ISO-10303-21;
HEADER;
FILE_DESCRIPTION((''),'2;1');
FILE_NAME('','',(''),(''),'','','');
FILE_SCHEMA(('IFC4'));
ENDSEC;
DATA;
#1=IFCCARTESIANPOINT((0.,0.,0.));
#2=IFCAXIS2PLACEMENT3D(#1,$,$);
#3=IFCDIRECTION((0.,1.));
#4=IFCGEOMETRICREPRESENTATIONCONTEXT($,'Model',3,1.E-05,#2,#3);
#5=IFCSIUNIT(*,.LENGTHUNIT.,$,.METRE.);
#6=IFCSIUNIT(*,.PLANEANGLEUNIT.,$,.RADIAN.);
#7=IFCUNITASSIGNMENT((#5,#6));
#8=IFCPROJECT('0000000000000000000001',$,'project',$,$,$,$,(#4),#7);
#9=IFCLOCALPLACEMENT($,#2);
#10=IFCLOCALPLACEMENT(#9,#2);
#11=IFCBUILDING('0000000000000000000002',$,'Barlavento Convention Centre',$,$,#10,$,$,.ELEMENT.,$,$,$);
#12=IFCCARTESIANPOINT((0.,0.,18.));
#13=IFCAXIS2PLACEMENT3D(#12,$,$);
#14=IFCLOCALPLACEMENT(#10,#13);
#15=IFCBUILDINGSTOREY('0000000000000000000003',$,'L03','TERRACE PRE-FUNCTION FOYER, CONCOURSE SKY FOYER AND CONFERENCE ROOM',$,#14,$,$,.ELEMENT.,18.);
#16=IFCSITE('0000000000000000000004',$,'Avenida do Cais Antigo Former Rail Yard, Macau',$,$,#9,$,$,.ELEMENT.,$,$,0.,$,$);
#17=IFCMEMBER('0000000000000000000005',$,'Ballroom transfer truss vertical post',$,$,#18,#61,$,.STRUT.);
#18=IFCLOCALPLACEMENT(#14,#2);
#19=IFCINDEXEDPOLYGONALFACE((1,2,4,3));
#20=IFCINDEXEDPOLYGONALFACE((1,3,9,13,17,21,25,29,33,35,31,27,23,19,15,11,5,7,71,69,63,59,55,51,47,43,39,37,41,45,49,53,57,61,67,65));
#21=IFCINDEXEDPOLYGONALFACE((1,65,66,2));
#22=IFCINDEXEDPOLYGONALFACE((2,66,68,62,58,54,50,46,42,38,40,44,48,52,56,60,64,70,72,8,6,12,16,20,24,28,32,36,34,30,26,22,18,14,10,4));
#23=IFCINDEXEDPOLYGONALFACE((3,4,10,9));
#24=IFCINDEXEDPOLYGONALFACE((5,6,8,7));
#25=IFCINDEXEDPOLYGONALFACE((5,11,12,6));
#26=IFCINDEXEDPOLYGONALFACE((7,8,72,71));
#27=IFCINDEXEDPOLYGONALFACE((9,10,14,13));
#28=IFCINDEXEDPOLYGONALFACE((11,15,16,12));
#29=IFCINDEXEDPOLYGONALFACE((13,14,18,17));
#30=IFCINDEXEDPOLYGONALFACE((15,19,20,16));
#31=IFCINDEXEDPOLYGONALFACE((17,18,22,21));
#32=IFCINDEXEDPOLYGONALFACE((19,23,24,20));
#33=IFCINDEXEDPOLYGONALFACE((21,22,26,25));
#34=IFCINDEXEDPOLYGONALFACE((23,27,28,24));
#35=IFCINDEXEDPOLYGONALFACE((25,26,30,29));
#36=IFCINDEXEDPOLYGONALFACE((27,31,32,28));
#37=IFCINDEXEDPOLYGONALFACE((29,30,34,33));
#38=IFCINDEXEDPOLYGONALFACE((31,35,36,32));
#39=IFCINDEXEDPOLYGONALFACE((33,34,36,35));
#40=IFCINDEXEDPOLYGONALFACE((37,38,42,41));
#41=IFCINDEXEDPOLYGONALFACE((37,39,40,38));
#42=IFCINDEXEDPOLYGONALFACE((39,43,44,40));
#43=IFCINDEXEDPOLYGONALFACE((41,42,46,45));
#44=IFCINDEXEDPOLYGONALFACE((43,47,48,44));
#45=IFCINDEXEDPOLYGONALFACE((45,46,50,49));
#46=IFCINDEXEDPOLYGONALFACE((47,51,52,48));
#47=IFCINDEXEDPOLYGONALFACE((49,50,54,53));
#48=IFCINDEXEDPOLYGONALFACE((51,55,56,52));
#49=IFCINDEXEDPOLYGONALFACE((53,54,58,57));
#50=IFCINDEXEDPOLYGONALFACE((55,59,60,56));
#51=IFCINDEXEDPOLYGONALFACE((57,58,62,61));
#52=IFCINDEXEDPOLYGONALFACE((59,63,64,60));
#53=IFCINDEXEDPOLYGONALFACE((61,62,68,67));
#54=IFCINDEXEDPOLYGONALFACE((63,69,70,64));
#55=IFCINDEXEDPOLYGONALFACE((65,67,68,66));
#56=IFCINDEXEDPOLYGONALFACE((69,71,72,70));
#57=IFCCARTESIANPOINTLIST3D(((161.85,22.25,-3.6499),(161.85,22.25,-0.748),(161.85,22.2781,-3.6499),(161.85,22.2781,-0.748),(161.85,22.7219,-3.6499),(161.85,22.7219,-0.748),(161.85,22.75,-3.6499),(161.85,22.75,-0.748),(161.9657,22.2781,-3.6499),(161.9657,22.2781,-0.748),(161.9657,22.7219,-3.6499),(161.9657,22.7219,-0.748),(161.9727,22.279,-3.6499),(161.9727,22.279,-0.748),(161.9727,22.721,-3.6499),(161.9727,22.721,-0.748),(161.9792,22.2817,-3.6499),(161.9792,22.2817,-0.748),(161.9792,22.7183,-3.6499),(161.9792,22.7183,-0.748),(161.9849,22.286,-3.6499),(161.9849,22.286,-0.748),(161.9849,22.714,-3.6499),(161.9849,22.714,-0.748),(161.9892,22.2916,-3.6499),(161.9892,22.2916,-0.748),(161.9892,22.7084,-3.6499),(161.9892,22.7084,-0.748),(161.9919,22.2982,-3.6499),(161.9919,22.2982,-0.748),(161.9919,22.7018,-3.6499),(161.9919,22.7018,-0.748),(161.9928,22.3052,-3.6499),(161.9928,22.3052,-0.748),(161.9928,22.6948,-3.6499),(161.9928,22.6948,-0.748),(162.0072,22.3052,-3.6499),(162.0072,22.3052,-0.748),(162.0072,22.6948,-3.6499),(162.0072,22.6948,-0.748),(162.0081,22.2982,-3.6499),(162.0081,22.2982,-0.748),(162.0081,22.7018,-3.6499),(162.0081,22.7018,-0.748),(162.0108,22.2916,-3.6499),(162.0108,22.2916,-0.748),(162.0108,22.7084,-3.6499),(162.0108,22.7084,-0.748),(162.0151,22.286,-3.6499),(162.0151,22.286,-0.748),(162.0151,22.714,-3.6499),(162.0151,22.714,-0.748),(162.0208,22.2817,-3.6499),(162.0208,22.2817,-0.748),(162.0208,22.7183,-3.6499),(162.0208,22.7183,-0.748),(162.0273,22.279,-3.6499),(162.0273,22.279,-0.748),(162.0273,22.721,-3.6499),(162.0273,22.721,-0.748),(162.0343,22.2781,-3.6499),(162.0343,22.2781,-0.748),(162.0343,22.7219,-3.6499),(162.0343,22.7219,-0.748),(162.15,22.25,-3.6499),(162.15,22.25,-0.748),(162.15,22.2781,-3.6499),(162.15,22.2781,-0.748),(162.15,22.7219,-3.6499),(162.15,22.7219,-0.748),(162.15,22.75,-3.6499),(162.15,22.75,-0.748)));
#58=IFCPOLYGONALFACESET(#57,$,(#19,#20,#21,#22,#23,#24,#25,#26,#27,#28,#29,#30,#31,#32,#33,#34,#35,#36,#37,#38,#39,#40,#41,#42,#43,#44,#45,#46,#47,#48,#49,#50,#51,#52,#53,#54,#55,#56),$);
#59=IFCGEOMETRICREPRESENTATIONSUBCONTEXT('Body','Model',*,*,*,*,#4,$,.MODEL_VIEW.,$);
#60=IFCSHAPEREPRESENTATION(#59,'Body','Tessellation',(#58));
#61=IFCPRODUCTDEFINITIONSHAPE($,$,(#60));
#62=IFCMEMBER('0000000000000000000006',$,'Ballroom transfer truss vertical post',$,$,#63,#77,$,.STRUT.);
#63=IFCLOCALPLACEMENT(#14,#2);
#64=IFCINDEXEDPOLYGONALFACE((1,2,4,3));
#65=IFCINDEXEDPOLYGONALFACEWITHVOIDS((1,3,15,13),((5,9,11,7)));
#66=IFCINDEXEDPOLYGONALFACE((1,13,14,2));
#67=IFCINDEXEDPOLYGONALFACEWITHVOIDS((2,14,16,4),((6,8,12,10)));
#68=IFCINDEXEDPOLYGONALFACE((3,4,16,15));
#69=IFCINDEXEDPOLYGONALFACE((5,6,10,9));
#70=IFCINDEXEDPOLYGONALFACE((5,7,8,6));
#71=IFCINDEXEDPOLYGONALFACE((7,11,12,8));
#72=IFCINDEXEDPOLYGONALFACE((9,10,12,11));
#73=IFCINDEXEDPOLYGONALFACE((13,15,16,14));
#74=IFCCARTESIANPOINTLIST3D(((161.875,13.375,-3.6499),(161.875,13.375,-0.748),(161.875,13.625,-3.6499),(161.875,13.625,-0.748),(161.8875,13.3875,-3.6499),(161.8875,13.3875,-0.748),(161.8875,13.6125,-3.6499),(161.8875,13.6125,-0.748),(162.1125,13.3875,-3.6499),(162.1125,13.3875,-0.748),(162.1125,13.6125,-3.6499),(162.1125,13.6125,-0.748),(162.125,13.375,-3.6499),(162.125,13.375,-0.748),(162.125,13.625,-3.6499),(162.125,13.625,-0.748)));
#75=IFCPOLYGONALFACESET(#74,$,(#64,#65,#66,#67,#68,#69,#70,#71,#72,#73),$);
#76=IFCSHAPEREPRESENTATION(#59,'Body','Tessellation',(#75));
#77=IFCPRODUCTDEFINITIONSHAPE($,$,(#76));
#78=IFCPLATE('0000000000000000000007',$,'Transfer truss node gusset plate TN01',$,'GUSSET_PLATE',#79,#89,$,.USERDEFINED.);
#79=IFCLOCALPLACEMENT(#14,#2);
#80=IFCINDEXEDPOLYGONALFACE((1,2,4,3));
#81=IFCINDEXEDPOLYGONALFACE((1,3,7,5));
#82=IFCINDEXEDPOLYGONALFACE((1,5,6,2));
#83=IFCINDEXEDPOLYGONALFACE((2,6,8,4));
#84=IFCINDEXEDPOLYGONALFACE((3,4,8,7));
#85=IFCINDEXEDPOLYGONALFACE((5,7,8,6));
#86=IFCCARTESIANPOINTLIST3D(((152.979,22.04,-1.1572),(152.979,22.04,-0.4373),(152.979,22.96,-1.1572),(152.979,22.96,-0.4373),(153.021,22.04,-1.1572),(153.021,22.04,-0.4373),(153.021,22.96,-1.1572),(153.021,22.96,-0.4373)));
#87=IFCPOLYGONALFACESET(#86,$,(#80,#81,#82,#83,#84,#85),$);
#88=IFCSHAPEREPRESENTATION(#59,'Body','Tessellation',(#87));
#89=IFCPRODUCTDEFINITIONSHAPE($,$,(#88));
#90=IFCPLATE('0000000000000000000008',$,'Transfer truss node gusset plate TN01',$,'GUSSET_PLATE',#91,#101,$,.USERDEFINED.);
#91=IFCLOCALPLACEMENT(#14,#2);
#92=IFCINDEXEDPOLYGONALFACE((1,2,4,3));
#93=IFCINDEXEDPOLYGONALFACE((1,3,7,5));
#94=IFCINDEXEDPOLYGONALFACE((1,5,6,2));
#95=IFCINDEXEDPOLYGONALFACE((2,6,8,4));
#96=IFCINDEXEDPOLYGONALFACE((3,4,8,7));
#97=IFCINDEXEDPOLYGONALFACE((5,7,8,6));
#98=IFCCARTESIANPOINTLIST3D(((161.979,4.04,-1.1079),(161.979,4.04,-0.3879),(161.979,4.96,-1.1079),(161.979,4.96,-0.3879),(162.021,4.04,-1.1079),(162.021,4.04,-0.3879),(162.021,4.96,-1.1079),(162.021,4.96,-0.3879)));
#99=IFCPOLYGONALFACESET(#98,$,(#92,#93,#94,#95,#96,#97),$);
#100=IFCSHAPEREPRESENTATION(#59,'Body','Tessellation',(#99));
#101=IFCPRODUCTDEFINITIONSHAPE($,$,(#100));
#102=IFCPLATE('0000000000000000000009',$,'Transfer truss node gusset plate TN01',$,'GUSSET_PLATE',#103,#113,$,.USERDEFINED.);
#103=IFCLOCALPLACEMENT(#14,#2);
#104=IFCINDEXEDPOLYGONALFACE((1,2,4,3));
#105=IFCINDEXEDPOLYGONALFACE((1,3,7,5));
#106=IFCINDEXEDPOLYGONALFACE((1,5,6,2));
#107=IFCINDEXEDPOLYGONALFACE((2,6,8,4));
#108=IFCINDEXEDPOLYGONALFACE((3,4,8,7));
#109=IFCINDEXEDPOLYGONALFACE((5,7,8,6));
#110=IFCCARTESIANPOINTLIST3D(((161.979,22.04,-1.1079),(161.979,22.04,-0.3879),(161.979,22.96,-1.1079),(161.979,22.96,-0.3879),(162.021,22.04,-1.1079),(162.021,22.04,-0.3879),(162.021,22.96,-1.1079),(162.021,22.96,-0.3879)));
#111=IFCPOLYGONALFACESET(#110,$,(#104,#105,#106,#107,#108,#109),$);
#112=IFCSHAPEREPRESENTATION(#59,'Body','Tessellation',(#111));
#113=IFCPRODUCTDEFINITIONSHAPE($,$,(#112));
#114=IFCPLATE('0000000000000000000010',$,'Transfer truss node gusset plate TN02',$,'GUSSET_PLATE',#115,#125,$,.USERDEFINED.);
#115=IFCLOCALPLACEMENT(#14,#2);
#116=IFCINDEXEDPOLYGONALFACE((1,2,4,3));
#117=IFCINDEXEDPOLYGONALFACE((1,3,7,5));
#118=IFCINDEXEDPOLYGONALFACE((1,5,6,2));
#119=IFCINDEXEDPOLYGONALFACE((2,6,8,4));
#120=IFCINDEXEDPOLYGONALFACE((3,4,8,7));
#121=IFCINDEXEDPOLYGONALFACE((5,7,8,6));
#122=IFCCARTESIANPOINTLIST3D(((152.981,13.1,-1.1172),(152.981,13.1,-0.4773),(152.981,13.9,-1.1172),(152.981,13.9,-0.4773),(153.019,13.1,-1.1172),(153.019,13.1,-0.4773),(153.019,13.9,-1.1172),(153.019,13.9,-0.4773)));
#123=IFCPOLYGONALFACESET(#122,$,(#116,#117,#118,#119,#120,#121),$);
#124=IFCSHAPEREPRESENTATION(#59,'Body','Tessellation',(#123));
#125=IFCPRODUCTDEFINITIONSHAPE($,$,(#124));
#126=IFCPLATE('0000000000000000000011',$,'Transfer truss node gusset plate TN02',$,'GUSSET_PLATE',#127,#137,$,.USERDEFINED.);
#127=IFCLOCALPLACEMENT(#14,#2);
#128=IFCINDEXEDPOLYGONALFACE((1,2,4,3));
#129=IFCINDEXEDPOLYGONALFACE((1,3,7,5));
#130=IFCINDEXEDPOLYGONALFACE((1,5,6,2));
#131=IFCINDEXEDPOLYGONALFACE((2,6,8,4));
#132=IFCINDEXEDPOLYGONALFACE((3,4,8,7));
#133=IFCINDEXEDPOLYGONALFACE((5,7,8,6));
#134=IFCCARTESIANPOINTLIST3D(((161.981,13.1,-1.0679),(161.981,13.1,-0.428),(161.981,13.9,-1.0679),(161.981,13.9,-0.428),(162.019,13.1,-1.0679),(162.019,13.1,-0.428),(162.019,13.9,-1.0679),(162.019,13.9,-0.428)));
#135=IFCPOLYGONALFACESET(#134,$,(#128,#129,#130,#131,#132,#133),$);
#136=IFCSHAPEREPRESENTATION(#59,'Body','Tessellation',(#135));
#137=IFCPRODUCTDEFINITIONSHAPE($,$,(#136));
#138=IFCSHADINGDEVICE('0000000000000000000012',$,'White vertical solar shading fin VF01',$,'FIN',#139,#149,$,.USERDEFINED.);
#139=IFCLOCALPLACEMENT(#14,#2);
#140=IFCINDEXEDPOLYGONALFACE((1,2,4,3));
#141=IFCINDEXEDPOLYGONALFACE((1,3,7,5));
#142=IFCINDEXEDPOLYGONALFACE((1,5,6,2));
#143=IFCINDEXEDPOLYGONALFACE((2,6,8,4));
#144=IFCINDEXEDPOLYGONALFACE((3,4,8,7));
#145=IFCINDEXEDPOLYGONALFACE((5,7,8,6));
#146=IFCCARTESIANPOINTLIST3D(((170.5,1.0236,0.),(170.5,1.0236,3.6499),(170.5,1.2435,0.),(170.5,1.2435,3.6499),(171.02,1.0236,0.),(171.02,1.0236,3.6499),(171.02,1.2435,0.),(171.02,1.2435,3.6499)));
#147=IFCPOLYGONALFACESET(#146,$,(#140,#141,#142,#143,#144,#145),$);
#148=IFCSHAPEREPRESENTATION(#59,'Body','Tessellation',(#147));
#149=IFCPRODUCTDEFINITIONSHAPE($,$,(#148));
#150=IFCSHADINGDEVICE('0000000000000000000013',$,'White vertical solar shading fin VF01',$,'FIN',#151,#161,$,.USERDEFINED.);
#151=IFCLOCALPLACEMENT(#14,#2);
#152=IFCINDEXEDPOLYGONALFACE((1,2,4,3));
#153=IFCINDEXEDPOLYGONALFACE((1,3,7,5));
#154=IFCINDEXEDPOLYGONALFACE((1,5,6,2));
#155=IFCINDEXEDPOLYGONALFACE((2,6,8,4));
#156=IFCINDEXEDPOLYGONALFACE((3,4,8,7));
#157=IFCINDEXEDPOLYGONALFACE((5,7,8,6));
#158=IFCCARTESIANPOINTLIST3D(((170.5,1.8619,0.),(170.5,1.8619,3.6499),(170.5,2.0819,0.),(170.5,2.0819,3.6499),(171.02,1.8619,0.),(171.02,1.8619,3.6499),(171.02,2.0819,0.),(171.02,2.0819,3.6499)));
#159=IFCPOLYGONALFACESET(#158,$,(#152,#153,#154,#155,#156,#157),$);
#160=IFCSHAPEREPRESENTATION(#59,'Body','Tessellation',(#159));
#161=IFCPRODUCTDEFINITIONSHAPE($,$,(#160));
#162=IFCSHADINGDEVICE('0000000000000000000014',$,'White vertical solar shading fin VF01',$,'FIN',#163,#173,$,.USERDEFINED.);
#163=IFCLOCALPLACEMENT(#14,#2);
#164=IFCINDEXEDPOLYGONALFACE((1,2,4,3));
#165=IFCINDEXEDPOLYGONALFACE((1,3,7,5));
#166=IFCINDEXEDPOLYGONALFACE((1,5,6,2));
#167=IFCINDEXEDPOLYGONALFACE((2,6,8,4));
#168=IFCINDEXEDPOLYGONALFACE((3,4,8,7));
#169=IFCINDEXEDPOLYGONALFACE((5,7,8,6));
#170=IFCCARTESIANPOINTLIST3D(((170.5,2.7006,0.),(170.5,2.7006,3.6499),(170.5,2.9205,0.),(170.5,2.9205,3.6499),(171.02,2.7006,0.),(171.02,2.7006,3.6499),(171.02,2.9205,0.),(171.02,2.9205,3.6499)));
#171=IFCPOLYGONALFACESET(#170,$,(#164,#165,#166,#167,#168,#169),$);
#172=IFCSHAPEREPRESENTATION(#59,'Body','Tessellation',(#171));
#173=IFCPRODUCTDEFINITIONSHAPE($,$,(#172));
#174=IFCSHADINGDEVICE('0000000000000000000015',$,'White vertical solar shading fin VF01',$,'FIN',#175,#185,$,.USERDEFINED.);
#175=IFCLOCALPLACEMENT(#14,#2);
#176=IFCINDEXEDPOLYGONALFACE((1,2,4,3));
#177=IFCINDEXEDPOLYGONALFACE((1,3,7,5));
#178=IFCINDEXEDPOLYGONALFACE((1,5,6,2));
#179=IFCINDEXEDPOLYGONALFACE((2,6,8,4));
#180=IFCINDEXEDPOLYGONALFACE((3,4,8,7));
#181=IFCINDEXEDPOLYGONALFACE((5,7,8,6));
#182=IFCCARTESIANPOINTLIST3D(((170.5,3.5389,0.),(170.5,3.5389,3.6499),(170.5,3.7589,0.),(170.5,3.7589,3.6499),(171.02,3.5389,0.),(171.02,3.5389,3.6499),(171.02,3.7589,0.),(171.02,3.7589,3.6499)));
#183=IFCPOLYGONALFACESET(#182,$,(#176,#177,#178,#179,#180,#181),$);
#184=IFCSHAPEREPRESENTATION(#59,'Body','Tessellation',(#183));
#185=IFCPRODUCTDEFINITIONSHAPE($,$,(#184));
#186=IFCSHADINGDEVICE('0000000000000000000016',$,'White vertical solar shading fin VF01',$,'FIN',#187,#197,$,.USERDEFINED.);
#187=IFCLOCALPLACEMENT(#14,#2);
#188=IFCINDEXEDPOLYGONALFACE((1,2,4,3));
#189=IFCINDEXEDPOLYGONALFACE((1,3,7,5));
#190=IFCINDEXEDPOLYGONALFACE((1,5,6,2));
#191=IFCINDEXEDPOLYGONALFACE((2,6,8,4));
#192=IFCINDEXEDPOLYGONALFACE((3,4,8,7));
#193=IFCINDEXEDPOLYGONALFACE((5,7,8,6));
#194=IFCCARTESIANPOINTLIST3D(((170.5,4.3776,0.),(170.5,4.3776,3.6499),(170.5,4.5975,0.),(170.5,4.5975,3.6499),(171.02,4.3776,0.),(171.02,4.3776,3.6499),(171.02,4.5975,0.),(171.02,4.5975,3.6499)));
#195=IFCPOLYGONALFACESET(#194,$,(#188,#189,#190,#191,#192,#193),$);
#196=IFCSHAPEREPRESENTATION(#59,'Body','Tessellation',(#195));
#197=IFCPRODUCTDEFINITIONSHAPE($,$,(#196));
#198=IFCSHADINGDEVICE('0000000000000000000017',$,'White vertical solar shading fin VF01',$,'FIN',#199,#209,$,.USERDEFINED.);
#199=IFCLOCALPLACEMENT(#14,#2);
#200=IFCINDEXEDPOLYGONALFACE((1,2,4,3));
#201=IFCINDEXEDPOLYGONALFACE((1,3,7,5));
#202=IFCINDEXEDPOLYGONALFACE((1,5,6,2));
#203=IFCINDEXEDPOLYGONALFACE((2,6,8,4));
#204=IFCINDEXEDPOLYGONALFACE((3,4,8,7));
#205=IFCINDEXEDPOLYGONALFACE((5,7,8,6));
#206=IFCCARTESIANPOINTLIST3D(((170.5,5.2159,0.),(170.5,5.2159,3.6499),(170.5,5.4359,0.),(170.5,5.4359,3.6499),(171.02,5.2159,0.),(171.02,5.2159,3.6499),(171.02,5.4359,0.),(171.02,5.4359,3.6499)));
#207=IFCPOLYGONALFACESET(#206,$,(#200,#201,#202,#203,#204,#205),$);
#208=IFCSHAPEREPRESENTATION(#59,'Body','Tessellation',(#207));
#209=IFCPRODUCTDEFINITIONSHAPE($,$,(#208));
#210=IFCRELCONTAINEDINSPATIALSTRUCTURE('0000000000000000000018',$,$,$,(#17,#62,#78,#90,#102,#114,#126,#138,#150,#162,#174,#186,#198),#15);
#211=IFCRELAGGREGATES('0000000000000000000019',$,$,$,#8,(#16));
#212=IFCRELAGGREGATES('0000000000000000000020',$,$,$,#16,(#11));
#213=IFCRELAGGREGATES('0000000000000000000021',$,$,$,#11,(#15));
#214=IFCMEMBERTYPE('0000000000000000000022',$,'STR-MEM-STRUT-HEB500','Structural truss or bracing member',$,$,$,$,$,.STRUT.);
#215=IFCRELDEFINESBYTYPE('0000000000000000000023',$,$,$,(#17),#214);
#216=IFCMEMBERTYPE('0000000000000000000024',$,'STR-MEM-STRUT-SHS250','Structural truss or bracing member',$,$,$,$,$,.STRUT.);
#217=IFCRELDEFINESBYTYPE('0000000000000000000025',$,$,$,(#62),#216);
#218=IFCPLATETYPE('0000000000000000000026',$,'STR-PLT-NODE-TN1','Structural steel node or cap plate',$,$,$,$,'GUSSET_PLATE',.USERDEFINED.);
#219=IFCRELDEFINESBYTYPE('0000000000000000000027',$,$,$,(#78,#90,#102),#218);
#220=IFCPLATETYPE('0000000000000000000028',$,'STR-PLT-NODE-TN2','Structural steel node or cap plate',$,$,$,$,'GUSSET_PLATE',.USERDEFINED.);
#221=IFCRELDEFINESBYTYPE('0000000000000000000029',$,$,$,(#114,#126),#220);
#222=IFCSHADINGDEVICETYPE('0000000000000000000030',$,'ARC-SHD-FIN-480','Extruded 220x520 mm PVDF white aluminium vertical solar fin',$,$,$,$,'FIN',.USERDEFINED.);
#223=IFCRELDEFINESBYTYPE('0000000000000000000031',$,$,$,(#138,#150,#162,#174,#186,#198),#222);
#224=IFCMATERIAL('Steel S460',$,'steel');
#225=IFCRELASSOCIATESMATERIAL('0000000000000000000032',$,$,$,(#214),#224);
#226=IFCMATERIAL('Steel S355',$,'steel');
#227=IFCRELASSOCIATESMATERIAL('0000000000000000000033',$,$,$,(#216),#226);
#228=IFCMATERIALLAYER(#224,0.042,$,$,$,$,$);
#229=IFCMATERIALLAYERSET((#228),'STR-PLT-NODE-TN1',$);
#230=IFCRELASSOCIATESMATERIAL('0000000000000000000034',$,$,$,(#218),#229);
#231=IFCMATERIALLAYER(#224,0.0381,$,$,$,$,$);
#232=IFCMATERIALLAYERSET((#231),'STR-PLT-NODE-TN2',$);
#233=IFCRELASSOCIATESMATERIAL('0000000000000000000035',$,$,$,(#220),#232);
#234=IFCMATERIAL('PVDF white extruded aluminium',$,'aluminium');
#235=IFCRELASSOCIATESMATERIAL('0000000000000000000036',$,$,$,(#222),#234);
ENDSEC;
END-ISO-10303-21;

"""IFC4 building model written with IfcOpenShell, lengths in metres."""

from ifc_helpers import new_model, si_unit, direction, frame, origin, origin_2d, place, context, subcontext, project, spatial, rectangle, hollow_rectangle, i_section, extrude, material, layer, layer_set, material_profile, profile_set, type_object, element, save


model = new_model("IFC4")

# Units and contexts
model_context = context("Model", 3, precision=1e-05, world=origin(), true_north=direction((0.0, 1.0)))
body_context = subcontext(model_context, "Body", "Model", "MODEL_VIEW")
ifc_project = project(units=[si_unit("LENGTHUNIT", "METRE"), si_unit("PLANEANGLEUNIT", "RADIAN")], contexts=[model_context])

# Site, building, storey
site_placement = place(None, origin())
site = spatial("IfcSite", under=ifc_project, at=site_placement, Name="Avenida do Cais Antigo Former Rail Yard, Macau", CompositionType="ELEMENT", RefElevation=0.0)
building_placement = place(site_placement, origin())
building = spatial("IfcBuilding", under=site, at=building_placement, Name="Barlavento Convention Centre", CompositionType="ELEMENT")
storey_placement = place(building_placement, frame((0.0, 0.0, 18.0)))
storey = spatial("IfcBuildingStorey", under=building, at=storey_placement, Name="L03", Description="TERRACE PRE-FUNCTION FOYER, CONCOURSE SKY FOYER AND CONFERENCE ROOM", CompositionType="ELEMENT", Elevation=18.0)

# Shared definitions
ifc_material_1 = material(Name="Steel S355", Category="steel")
ifc_material_2 = material(Name="Steel S460", Category="steel")

# Members
ifc_material_profile_1 = material_profile(ifc_material_2, i_section(OverallWidth=0.3, OverallDepth=0.5, WebThickness=0.0144, FlangeThickness=0.0281, FilletRadius=0.0271, at=origin_2d()), Name="HEB 500")
ifc_profile_set_1 = profile_set([ifc_material_profile_1], Name="Steel S460")
member_type_1 = type_object("IfcMemberType", Name="STR-MEM-STRUT-HEB500", Description="Structural truss or bracing member", PredefinedType="STRUT", material=ifc_profile_set_1)
for number, where, z_axis, x_axis, name in (
    (1, (162.0, 22.5, -3.6499), (0.0, 0.0, 1.0), (1.0, 0.0, 0.0), "Ballroom transfer truss vertical post"),
):
    element("IfcMember", number, at=place(storey_placement, frame(where, z_axis=z_axis, x_axis=x_axis)), inside=storey, type_object=member_type_1, Name=name, PredefinedType="STRUT", context=body_context, shape_type="SweptSolid", body=[
        extrude(i_section(OverallWidth=0.3, OverallDepth=0.5, WebThickness=0.0144, FlangeThickness=0.0281, FilletRadius=0.0271, at=origin_2d()), origin(), (0.0, 0.0, 1.0), 2.9019),
    ])
ifc_material_profile_2 = material_profile(ifc_material_1, hollow_rectangle(XDim=0.25, YDim=0.25, WallThickness=0.0125, at=origin_2d()), Name="SHS 250x250x12.5")
ifc_profile_set_2 = profile_set([ifc_material_profile_2], Name="Steel S355")
member_type_2 = type_object("IfcMemberType", Name="STR-MEM-STRUT-SHS250", Description="Structural truss or bracing member", PredefinedType="STRUT", material=ifc_profile_set_2)
member_1_placement = place(storey_placement, frame((162.0, 13.5, -3.6499), z_axis=(0.0, 0.0, 1.0), x_axis=(1.0, 0.0, 0.0)))
element("IfcMember", 2, at=member_1_placement, inside=storey, type_object=member_type_2, Name="Ballroom transfer truss vertical post", PredefinedType="STRUT", context=body_context, shape_type="SweptSolid", body=[
    extrude(hollow_rectangle(XDim=0.25, YDim=0.25, WallThickness=0.0125, at=origin_2d()), origin(), (0.0, 0.0, 1.0), 2.9019),
])

# Plates
ifc_layer_1 = layer(ifc_material_2, 0.042)
ifc_layer_set_1 = layer_set([ifc_layer_1], Name="STR-PLT-NODE-TN1")
plate_type_1 = type_object("IfcPlateType", Name="STR-PLT-NODE-TN1", Description="Structural steel node or cap plate", ElementType="GUSSET_PLATE", PredefinedType="USERDEFINED", material=ifc_layer_set_1)
for number, where, z_axis, x_axis, name in (
    (3, (153.0, 22.5, -1.1572), (0.0, 0.0, 1.0), (1.0, 0.0, 0.0), "Transfer truss node gusset plate TN01"),
    (4, (162.0, 4.5, -1.1079), (0.0, 0.0, 1.0), (1.0, 0.0, 0.0), "Transfer truss node gusset plate TN01"),
    (5, (162.0, 22.5, -1.1079), (0.0, 0.0, 1.0), (1.0, 0.0, 0.0), "Transfer truss node gusset plate TN01"),
):
    element("IfcPlate", number, at=place(storey_placement, frame(where, z_axis=z_axis, x_axis=x_axis)), inside=storey, type_object=plate_type_1, Name=name, ObjectType="GUSSET_PLATE", PredefinedType="USERDEFINED", context=body_context, shape_type="SweptSolid", body=[
        extrude(rectangle(XDim=0.042, YDim=0.9199, at=origin_2d()), origin(), (0.0, 0.0, 1.0), 0.72),
    ])
ifc_layer_2 = layer(ifc_material_2, 0.0381)
ifc_layer_set_2 = layer_set([ifc_layer_2], Name="STR-PLT-NODE-TN2")
plate_type_2 = type_object("IfcPlateType", Name="STR-PLT-NODE-TN2", Description="Structural steel node or cap plate", ElementType="GUSSET_PLATE", PredefinedType="USERDEFINED", material=ifc_layer_set_2)
for number, where, z_axis, x_axis, name in (
    (6, (153.0, 13.5, -1.1172), (0.0, 0.0, 1.0), (1.0, 0.0, 0.0), "Transfer truss node gusset plate TN02"),
    (7, (162.0, 13.5, -1.0679), (0.0, 0.0, 1.0), (1.0, 0.0, 0.0), "Transfer truss node gusset plate TN02"),
):
    element("IfcPlate", number, at=place(storey_placement, frame(where, z_axis=z_axis, x_axis=x_axis)), inside=storey, type_object=plate_type_2, Name=name, ObjectType="GUSSET_PLATE", PredefinedType="USERDEFINED", context=body_context, shape_type="SweptSolid", body=[
        extrude(rectangle(XDim=0.0381, YDim=0.8, at=origin_2d()), origin(), (0.0, 0.0, 1.0), 0.6399),
    ])

# Shading devices
ifc_material_3 = material(Name="PVDF white extruded aluminium", Category="aluminium")
shading_device_type = type_object("IfcShadingDeviceType", Name="ARC-SHD-FIN-480", Description="Extruded 220x520 mm PVDF white aluminium vertical solar fin", ElementType="FIN", PredefinedType="USERDEFINED", material=ifc_material_3)
for number, where, z_axis, x_axis, name in (
    (8, (170.76, 1.1335, 0.0), (0.0, 0.0, 1.0), (0.0, 1.0, 0.0), "White vertical solar shading fin VF01"),
    (9, (170.76, 1.9719, 0.0), (0.0, 0.0, 1.0), (0.0, 1.0, 0.0), "White vertical solar shading fin VF01"),
    (10, (170.76, 2.8105, 0.0), (0.0, 0.0, 1.0), (0.0, 1.0, 0.0), "White vertical solar shading fin VF01"),
    (11, (170.76, 3.6489, 0.0), (0.0, 0.0, 1.0), (0.0, 1.0, 0.0), "White vertical solar shading fin VF01"),
    (12, (170.76, 4.4875, 0.0), (0.0, 0.0, 1.0), (0.0, 1.0, 0.0), "White vertical solar shading fin VF01"),
    (13, (170.76, 5.3259, 0.0), (0.0, 0.0, 1.0), (0.0, 1.0, 0.0), "White vertical solar shading fin VF01"),
):
    element("IfcShadingDevice", number, at=place(storey_placement, frame(where, z_axis=z_axis, x_axis=x_axis)), inside=storey, type_object=shading_device_type, Name=name, ObjectType="FIN", PredefinedType="USERDEFINED", context=body_context, shape_type="SweptSolid", body=[
        extrude(rectangle(XDim=0.22, YDim=0.52, at=origin_2d()), origin(), (0.0, 0.0, 1.0), 3.6499),
    ])

save(model, "model.ifc")
